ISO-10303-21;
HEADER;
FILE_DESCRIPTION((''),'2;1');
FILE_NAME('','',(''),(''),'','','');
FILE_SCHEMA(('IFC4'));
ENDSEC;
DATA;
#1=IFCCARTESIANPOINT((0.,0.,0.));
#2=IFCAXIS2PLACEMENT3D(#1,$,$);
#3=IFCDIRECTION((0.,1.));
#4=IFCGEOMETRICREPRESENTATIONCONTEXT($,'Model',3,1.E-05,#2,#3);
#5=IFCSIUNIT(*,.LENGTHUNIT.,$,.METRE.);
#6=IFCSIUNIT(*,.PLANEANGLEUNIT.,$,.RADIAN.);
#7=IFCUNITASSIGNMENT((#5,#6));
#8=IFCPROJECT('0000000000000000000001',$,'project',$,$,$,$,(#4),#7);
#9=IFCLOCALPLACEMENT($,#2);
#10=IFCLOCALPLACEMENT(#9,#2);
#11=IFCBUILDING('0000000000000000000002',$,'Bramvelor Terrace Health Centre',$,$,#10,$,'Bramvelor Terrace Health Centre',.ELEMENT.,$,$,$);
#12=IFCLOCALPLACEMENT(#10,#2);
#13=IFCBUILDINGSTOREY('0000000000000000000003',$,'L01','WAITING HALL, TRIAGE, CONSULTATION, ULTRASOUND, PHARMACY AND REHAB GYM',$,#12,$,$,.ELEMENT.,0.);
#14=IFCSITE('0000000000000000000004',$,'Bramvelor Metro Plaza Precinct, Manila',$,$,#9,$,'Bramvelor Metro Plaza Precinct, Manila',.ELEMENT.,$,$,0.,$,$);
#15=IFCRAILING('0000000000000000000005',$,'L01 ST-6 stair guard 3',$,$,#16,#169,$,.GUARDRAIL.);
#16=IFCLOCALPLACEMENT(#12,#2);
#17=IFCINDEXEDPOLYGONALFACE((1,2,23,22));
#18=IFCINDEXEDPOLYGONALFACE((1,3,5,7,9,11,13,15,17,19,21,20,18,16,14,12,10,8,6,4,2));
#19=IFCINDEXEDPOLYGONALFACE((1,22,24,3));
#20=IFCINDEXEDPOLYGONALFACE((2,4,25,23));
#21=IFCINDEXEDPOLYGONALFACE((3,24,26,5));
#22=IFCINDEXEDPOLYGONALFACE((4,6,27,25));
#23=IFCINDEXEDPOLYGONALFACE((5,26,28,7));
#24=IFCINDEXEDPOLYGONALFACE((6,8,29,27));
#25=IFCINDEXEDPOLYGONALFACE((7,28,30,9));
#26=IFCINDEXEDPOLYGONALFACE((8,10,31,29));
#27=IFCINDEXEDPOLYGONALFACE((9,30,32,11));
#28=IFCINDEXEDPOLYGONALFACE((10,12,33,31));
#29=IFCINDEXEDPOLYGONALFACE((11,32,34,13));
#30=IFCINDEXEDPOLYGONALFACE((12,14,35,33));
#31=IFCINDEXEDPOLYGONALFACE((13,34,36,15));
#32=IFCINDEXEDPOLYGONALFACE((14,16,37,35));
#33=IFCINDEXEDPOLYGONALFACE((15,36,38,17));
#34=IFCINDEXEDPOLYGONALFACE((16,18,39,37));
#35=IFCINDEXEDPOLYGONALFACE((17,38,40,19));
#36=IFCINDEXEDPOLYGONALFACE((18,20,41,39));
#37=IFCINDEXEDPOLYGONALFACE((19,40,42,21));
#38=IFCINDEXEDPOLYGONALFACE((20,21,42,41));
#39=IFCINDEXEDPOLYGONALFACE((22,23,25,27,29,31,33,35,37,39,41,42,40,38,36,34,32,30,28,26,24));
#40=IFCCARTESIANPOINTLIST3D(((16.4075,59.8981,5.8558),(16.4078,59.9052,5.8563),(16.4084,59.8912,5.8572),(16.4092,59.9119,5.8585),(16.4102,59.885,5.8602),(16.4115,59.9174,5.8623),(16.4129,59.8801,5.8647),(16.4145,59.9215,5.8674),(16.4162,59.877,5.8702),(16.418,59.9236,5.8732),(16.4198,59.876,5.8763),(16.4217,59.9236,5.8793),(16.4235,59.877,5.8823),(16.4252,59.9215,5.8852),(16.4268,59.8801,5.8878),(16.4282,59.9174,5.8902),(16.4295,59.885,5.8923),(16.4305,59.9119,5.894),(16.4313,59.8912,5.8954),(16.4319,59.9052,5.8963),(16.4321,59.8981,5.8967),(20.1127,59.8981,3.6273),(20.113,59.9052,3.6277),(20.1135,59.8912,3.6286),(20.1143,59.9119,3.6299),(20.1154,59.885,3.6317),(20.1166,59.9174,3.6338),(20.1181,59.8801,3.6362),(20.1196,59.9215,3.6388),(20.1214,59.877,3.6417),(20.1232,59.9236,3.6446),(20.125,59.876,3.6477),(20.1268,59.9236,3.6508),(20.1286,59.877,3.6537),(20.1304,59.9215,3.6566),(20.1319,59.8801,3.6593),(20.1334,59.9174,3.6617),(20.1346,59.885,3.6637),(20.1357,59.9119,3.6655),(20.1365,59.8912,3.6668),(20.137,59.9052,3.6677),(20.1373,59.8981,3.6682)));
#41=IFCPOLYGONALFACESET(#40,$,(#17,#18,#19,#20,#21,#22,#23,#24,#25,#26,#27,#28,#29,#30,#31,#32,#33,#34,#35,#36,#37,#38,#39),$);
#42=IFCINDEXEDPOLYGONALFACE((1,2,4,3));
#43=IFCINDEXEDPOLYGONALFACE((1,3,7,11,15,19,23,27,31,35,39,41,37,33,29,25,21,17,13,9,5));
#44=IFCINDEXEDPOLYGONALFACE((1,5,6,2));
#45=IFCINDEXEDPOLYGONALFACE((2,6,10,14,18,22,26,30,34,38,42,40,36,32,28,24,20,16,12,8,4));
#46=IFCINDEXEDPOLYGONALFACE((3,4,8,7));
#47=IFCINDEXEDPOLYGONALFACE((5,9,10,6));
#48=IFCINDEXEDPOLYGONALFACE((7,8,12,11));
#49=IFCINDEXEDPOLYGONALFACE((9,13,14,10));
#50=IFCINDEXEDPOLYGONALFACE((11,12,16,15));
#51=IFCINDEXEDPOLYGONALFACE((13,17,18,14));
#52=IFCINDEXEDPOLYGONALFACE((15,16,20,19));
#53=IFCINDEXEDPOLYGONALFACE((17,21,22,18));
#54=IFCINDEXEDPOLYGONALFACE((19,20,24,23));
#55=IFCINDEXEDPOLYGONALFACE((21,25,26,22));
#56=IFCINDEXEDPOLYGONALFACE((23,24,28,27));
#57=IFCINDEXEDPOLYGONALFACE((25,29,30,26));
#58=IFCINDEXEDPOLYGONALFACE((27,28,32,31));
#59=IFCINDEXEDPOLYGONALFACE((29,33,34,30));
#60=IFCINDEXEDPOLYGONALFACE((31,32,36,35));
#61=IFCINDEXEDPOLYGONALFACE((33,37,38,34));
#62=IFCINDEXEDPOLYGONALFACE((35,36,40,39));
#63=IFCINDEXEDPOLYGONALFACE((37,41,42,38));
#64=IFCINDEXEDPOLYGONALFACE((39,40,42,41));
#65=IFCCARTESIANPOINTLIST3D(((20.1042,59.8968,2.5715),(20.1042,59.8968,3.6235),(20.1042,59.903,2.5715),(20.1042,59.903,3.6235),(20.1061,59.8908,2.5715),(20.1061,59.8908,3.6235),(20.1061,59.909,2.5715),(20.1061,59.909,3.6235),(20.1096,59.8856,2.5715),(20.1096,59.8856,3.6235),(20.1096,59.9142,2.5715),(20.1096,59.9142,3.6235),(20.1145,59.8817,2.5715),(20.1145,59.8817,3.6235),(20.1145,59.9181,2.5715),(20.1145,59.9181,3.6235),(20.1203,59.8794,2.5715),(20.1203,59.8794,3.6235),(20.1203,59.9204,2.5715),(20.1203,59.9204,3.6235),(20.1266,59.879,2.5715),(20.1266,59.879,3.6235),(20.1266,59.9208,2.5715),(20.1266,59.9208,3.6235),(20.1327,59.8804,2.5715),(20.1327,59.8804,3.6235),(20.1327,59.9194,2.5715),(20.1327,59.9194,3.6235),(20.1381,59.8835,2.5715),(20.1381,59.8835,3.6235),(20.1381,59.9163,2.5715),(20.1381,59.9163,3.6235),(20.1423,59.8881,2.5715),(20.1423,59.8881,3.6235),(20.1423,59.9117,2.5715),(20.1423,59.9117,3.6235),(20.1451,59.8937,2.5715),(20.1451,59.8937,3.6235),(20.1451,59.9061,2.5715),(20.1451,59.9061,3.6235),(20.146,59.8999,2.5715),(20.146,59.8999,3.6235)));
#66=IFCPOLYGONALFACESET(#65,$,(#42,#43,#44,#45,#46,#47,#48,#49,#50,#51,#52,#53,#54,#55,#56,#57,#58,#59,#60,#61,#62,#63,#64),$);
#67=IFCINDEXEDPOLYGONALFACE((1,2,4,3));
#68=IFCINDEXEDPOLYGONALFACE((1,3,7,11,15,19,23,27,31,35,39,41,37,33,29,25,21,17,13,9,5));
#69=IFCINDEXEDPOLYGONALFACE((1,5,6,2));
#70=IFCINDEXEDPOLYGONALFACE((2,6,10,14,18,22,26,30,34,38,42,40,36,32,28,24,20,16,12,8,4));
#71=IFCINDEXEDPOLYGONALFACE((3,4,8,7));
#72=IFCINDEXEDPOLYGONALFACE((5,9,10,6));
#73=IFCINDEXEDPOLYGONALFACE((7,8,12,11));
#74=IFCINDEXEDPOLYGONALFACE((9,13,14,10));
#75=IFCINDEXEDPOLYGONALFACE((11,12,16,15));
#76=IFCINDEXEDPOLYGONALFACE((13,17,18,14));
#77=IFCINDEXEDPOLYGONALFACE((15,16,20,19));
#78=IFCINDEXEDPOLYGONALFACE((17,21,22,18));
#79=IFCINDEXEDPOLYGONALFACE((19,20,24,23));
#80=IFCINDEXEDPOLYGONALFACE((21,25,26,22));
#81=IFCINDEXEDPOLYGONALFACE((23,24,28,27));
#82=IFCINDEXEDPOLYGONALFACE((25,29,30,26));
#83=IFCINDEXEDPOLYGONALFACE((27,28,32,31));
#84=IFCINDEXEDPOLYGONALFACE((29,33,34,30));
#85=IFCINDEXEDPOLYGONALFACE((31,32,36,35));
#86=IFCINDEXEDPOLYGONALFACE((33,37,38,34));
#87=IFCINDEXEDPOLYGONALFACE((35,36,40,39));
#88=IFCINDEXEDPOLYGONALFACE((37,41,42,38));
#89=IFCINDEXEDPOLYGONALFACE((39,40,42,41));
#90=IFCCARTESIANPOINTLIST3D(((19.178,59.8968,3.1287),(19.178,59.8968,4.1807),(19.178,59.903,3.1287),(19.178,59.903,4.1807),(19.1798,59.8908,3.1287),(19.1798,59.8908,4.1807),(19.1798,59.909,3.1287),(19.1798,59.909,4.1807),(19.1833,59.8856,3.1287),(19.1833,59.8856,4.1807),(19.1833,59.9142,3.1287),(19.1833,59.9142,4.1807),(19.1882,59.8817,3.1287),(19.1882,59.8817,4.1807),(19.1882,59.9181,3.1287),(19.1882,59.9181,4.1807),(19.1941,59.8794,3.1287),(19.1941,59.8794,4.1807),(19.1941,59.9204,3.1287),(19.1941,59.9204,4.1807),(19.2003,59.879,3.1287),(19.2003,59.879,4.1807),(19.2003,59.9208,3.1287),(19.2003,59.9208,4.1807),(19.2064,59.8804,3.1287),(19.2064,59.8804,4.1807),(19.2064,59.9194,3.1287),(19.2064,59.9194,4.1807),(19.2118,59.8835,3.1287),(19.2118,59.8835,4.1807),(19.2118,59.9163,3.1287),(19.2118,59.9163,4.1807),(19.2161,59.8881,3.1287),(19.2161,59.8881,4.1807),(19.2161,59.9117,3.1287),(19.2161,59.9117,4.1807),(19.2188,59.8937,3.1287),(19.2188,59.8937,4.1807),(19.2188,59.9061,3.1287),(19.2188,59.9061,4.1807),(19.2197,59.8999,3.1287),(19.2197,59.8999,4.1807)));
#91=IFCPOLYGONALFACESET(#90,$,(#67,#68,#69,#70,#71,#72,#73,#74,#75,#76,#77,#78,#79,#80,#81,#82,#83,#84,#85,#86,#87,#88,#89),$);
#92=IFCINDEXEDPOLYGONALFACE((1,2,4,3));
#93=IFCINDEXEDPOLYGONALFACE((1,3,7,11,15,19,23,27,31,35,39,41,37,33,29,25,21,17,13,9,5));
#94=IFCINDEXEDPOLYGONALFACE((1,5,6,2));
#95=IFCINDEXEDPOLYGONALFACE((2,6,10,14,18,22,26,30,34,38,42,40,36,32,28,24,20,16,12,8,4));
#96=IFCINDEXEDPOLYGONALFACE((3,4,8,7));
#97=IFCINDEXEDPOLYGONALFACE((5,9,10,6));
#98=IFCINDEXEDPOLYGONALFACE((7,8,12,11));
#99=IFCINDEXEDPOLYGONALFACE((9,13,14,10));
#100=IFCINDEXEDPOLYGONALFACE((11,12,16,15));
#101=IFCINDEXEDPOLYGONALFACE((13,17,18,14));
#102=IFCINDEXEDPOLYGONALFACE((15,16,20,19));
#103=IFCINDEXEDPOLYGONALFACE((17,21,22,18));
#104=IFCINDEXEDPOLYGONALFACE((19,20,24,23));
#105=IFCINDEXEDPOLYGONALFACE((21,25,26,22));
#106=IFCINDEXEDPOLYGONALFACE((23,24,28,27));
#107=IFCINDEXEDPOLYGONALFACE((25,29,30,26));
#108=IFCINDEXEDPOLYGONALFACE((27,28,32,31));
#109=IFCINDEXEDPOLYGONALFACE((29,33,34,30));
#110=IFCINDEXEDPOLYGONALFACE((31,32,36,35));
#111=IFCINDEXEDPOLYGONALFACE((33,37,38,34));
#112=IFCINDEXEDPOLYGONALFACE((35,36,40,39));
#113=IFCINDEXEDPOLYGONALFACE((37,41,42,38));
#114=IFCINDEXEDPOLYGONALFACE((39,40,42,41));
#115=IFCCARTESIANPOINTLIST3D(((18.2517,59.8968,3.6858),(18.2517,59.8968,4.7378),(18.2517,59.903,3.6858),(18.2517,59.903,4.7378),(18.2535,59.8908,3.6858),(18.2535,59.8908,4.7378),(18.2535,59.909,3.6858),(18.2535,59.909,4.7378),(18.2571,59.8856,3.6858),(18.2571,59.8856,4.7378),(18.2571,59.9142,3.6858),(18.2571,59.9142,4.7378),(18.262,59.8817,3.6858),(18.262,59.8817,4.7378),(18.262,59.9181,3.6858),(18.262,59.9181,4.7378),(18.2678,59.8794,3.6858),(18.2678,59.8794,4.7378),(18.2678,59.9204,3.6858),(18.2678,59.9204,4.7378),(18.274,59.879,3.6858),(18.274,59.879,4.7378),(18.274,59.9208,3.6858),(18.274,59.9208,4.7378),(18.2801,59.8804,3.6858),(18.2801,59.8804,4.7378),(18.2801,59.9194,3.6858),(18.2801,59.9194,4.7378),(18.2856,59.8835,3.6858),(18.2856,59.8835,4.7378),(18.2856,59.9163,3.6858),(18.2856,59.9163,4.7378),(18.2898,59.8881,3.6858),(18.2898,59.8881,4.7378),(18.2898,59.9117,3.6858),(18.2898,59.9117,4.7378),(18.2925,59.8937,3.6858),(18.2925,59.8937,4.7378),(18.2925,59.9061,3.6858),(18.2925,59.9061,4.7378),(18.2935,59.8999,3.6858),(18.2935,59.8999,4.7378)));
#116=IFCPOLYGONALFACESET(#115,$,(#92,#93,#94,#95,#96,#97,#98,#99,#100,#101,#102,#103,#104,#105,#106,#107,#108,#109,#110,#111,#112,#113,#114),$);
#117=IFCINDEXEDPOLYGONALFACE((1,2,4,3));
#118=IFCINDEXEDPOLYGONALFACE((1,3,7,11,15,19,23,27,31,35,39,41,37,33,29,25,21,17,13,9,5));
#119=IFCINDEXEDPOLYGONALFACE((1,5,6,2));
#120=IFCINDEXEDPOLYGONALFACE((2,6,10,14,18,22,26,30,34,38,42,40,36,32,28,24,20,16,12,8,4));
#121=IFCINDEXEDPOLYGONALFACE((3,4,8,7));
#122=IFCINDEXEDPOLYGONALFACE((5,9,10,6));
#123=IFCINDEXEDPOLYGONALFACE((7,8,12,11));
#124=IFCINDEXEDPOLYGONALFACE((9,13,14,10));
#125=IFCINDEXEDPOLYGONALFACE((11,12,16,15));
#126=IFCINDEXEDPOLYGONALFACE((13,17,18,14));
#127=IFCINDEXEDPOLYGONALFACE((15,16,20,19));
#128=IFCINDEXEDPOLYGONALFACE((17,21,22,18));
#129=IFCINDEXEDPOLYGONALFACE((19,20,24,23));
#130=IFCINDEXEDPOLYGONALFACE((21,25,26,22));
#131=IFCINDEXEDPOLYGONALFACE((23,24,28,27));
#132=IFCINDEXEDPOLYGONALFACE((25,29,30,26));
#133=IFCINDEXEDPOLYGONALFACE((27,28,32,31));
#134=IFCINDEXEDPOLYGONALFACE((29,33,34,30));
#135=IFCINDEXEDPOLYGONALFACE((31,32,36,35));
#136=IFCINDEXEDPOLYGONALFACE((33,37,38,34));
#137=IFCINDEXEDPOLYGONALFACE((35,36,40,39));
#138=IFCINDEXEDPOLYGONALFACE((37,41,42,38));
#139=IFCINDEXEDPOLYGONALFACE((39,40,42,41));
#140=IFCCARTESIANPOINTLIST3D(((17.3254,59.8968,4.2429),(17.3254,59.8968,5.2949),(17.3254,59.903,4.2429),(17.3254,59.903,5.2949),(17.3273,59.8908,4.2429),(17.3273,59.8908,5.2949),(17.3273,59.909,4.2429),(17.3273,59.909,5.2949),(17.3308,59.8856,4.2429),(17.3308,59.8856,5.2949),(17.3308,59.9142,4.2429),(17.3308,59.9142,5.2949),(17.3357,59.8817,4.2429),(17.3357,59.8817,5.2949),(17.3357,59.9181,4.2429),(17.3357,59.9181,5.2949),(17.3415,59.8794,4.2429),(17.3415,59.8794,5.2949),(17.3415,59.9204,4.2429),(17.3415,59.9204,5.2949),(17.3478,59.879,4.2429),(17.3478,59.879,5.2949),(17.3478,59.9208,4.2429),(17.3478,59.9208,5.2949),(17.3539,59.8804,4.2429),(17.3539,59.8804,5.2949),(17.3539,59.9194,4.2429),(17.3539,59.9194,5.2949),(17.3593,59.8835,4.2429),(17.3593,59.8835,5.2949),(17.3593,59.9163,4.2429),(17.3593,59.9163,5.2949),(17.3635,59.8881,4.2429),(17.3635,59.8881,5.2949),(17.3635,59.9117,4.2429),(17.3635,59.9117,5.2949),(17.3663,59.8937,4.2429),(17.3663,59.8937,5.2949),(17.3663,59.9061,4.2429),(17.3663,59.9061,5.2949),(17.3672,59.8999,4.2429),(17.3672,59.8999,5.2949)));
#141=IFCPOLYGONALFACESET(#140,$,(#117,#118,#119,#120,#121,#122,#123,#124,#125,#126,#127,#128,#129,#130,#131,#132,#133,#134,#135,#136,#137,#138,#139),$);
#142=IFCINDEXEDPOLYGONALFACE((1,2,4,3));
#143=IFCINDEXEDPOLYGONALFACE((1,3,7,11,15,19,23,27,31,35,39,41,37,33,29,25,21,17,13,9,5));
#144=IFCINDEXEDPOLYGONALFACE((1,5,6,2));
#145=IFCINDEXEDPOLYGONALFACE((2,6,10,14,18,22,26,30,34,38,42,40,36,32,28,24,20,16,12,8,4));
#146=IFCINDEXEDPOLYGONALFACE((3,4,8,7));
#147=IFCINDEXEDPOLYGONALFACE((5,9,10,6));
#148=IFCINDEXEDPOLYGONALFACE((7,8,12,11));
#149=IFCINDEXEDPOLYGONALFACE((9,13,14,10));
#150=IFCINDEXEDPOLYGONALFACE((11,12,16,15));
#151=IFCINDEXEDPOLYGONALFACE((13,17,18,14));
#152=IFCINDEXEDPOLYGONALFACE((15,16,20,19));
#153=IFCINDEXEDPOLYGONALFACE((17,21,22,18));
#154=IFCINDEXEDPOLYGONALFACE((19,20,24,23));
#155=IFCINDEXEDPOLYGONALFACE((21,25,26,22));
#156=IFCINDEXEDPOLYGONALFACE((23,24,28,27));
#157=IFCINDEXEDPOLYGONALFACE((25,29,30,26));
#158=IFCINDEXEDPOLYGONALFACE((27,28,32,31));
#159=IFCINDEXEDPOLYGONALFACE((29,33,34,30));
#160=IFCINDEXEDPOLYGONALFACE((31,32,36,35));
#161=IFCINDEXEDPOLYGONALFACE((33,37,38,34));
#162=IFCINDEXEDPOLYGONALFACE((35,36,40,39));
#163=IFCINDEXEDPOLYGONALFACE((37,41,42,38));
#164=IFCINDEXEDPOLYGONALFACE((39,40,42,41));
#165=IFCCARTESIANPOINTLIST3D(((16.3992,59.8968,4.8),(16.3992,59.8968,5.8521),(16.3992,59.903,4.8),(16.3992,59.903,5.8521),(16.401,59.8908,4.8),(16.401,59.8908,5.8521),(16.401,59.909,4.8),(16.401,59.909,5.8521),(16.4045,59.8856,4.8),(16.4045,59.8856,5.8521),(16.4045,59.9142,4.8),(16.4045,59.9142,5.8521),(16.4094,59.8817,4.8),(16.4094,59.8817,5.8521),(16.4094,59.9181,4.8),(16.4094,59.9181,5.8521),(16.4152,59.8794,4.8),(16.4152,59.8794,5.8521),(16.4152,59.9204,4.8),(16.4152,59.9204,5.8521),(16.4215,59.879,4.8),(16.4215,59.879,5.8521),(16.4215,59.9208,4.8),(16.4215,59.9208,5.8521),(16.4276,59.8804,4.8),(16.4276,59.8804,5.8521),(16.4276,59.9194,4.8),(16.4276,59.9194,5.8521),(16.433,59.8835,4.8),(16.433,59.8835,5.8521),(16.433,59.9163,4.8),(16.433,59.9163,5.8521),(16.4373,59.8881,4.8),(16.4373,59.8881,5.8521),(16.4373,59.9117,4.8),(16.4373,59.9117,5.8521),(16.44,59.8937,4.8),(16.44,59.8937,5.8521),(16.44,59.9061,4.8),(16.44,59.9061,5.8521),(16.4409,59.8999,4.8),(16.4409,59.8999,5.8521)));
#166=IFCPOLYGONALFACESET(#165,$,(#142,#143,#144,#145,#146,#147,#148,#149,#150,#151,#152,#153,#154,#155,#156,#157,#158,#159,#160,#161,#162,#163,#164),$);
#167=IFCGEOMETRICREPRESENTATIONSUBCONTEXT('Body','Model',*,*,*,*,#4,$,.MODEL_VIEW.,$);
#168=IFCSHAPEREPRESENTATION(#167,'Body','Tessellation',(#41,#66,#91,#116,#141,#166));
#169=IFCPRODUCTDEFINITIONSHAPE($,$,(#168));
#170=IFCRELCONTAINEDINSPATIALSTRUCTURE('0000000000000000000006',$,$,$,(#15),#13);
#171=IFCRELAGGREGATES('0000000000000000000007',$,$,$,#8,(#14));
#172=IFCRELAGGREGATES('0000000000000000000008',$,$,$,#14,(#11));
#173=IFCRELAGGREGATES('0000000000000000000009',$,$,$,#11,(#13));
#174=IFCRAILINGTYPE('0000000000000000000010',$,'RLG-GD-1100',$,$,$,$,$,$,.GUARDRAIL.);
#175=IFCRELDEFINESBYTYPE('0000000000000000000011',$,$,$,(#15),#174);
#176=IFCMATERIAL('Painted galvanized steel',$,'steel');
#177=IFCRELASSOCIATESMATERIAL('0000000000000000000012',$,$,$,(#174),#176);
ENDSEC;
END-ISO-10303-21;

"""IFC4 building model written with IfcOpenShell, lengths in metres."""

from ifc_helpers import new_model, si_unit, direction, frame, origin, origin_2d, place, context, subcontext, project, spatial, circle, extrude, material, type_object, element, save


model = new_model("IFC4")

# Units and contexts
model_context = context("Model", 3, precision=1e-05, world=origin(), true_north=direction((0.0, 1.0)))
body_context = subcontext(model_context, "Body", "Model", "MODEL_VIEW")
ifc_project = project(units=[si_unit("LENGTHUNIT", "METRE"), si_unit("PLANEANGLEUNIT", "RADIAN")], contexts=[model_context])

# Site, building, storey
site_placement = place(None, origin())
site = spatial("IfcSite", under=ifc_project, at=site_placement, Name="Bramvelor Metro Plaza Precinct, Manila", LongName="Bramvelor Metro Plaza Precinct, Manila", CompositionType="ELEMENT", RefElevation=0.0)
building_placement = place(site_placement, origin())
building = spatial("IfcBuilding", under=site, at=building_placement, Name="Bramvelor Terrace Health Centre", LongName="Bramvelor Terrace Health Centre", CompositionType="ELEMENT")
storey_placement = place(building_placement, origin())
storey = spatial("IfcBuildingStorey", under=building, at=storey_placement, Name="L01", Description="WAITING HALL, TRIAGE, CONSULTATION, ULTRASOUND, PHARMACY AND REHAB GYM", CompositionType="ELEMENT", Elevation=0.0)

# Railing
ifc_material_1 = material(Name="Painted galvanized steel", Category="steel")
railing_type_1 = type_object("IfcRailingType", Name="RLG-GD-1100", PredefinedType="GUARDRAIL", material=ifc_material_1)
railing_1_placement = place(storey_placement, frame((20.125, 59.8999, 2.5715)))
element("IfcRailing", 1, at=railing_1_placement, inside=storey, type_object=railing_type_1, Name="L01 ST-6 stair guard 3", PredefinedType="GUARDRAIL", context=body_context, shape_type="SweptSolid", body=[
    extrude(circle(Radius=0.0239, at=origin_2d()), frame((0.0, 0.0, 1.0762), z_axis=(-0.856934, 0.0, 0.515425), x_axis=(0.0, -1.0, 0.0)), (0.0, 0.0, 1.0), 4.3237),
    extrude(circle(Radius=0.021, at=origin_2d()), origin(), (0.0, 0.0, 1.0), 1.052),
    extrude(circle(Radius=0.021, at=origin_2d()), frame((-0.9263, 0.0, 0.5571)), (0.0, 0.0, 1.0), 1.052),
    extrude(circle(Radius=0.021, at=origin_2d()), frame((-1.8525, 0.0, 1.1143)), (0.0, 0.0, 1.0), 1.052),
    extrude(circle(Radius=0.021, at=origin_2d()), frame((-2.7788, 0.0, 1.6714)), (0.0, 0.0, 1.0), 1.052),
    extrude(circle(Radius=0.021, at=origin_2d()), frame((-3.7051, 0.0, 2.2285)), (0.0, 0.0, 1.0), 1.052),
])

save(model, "model.ifc")
